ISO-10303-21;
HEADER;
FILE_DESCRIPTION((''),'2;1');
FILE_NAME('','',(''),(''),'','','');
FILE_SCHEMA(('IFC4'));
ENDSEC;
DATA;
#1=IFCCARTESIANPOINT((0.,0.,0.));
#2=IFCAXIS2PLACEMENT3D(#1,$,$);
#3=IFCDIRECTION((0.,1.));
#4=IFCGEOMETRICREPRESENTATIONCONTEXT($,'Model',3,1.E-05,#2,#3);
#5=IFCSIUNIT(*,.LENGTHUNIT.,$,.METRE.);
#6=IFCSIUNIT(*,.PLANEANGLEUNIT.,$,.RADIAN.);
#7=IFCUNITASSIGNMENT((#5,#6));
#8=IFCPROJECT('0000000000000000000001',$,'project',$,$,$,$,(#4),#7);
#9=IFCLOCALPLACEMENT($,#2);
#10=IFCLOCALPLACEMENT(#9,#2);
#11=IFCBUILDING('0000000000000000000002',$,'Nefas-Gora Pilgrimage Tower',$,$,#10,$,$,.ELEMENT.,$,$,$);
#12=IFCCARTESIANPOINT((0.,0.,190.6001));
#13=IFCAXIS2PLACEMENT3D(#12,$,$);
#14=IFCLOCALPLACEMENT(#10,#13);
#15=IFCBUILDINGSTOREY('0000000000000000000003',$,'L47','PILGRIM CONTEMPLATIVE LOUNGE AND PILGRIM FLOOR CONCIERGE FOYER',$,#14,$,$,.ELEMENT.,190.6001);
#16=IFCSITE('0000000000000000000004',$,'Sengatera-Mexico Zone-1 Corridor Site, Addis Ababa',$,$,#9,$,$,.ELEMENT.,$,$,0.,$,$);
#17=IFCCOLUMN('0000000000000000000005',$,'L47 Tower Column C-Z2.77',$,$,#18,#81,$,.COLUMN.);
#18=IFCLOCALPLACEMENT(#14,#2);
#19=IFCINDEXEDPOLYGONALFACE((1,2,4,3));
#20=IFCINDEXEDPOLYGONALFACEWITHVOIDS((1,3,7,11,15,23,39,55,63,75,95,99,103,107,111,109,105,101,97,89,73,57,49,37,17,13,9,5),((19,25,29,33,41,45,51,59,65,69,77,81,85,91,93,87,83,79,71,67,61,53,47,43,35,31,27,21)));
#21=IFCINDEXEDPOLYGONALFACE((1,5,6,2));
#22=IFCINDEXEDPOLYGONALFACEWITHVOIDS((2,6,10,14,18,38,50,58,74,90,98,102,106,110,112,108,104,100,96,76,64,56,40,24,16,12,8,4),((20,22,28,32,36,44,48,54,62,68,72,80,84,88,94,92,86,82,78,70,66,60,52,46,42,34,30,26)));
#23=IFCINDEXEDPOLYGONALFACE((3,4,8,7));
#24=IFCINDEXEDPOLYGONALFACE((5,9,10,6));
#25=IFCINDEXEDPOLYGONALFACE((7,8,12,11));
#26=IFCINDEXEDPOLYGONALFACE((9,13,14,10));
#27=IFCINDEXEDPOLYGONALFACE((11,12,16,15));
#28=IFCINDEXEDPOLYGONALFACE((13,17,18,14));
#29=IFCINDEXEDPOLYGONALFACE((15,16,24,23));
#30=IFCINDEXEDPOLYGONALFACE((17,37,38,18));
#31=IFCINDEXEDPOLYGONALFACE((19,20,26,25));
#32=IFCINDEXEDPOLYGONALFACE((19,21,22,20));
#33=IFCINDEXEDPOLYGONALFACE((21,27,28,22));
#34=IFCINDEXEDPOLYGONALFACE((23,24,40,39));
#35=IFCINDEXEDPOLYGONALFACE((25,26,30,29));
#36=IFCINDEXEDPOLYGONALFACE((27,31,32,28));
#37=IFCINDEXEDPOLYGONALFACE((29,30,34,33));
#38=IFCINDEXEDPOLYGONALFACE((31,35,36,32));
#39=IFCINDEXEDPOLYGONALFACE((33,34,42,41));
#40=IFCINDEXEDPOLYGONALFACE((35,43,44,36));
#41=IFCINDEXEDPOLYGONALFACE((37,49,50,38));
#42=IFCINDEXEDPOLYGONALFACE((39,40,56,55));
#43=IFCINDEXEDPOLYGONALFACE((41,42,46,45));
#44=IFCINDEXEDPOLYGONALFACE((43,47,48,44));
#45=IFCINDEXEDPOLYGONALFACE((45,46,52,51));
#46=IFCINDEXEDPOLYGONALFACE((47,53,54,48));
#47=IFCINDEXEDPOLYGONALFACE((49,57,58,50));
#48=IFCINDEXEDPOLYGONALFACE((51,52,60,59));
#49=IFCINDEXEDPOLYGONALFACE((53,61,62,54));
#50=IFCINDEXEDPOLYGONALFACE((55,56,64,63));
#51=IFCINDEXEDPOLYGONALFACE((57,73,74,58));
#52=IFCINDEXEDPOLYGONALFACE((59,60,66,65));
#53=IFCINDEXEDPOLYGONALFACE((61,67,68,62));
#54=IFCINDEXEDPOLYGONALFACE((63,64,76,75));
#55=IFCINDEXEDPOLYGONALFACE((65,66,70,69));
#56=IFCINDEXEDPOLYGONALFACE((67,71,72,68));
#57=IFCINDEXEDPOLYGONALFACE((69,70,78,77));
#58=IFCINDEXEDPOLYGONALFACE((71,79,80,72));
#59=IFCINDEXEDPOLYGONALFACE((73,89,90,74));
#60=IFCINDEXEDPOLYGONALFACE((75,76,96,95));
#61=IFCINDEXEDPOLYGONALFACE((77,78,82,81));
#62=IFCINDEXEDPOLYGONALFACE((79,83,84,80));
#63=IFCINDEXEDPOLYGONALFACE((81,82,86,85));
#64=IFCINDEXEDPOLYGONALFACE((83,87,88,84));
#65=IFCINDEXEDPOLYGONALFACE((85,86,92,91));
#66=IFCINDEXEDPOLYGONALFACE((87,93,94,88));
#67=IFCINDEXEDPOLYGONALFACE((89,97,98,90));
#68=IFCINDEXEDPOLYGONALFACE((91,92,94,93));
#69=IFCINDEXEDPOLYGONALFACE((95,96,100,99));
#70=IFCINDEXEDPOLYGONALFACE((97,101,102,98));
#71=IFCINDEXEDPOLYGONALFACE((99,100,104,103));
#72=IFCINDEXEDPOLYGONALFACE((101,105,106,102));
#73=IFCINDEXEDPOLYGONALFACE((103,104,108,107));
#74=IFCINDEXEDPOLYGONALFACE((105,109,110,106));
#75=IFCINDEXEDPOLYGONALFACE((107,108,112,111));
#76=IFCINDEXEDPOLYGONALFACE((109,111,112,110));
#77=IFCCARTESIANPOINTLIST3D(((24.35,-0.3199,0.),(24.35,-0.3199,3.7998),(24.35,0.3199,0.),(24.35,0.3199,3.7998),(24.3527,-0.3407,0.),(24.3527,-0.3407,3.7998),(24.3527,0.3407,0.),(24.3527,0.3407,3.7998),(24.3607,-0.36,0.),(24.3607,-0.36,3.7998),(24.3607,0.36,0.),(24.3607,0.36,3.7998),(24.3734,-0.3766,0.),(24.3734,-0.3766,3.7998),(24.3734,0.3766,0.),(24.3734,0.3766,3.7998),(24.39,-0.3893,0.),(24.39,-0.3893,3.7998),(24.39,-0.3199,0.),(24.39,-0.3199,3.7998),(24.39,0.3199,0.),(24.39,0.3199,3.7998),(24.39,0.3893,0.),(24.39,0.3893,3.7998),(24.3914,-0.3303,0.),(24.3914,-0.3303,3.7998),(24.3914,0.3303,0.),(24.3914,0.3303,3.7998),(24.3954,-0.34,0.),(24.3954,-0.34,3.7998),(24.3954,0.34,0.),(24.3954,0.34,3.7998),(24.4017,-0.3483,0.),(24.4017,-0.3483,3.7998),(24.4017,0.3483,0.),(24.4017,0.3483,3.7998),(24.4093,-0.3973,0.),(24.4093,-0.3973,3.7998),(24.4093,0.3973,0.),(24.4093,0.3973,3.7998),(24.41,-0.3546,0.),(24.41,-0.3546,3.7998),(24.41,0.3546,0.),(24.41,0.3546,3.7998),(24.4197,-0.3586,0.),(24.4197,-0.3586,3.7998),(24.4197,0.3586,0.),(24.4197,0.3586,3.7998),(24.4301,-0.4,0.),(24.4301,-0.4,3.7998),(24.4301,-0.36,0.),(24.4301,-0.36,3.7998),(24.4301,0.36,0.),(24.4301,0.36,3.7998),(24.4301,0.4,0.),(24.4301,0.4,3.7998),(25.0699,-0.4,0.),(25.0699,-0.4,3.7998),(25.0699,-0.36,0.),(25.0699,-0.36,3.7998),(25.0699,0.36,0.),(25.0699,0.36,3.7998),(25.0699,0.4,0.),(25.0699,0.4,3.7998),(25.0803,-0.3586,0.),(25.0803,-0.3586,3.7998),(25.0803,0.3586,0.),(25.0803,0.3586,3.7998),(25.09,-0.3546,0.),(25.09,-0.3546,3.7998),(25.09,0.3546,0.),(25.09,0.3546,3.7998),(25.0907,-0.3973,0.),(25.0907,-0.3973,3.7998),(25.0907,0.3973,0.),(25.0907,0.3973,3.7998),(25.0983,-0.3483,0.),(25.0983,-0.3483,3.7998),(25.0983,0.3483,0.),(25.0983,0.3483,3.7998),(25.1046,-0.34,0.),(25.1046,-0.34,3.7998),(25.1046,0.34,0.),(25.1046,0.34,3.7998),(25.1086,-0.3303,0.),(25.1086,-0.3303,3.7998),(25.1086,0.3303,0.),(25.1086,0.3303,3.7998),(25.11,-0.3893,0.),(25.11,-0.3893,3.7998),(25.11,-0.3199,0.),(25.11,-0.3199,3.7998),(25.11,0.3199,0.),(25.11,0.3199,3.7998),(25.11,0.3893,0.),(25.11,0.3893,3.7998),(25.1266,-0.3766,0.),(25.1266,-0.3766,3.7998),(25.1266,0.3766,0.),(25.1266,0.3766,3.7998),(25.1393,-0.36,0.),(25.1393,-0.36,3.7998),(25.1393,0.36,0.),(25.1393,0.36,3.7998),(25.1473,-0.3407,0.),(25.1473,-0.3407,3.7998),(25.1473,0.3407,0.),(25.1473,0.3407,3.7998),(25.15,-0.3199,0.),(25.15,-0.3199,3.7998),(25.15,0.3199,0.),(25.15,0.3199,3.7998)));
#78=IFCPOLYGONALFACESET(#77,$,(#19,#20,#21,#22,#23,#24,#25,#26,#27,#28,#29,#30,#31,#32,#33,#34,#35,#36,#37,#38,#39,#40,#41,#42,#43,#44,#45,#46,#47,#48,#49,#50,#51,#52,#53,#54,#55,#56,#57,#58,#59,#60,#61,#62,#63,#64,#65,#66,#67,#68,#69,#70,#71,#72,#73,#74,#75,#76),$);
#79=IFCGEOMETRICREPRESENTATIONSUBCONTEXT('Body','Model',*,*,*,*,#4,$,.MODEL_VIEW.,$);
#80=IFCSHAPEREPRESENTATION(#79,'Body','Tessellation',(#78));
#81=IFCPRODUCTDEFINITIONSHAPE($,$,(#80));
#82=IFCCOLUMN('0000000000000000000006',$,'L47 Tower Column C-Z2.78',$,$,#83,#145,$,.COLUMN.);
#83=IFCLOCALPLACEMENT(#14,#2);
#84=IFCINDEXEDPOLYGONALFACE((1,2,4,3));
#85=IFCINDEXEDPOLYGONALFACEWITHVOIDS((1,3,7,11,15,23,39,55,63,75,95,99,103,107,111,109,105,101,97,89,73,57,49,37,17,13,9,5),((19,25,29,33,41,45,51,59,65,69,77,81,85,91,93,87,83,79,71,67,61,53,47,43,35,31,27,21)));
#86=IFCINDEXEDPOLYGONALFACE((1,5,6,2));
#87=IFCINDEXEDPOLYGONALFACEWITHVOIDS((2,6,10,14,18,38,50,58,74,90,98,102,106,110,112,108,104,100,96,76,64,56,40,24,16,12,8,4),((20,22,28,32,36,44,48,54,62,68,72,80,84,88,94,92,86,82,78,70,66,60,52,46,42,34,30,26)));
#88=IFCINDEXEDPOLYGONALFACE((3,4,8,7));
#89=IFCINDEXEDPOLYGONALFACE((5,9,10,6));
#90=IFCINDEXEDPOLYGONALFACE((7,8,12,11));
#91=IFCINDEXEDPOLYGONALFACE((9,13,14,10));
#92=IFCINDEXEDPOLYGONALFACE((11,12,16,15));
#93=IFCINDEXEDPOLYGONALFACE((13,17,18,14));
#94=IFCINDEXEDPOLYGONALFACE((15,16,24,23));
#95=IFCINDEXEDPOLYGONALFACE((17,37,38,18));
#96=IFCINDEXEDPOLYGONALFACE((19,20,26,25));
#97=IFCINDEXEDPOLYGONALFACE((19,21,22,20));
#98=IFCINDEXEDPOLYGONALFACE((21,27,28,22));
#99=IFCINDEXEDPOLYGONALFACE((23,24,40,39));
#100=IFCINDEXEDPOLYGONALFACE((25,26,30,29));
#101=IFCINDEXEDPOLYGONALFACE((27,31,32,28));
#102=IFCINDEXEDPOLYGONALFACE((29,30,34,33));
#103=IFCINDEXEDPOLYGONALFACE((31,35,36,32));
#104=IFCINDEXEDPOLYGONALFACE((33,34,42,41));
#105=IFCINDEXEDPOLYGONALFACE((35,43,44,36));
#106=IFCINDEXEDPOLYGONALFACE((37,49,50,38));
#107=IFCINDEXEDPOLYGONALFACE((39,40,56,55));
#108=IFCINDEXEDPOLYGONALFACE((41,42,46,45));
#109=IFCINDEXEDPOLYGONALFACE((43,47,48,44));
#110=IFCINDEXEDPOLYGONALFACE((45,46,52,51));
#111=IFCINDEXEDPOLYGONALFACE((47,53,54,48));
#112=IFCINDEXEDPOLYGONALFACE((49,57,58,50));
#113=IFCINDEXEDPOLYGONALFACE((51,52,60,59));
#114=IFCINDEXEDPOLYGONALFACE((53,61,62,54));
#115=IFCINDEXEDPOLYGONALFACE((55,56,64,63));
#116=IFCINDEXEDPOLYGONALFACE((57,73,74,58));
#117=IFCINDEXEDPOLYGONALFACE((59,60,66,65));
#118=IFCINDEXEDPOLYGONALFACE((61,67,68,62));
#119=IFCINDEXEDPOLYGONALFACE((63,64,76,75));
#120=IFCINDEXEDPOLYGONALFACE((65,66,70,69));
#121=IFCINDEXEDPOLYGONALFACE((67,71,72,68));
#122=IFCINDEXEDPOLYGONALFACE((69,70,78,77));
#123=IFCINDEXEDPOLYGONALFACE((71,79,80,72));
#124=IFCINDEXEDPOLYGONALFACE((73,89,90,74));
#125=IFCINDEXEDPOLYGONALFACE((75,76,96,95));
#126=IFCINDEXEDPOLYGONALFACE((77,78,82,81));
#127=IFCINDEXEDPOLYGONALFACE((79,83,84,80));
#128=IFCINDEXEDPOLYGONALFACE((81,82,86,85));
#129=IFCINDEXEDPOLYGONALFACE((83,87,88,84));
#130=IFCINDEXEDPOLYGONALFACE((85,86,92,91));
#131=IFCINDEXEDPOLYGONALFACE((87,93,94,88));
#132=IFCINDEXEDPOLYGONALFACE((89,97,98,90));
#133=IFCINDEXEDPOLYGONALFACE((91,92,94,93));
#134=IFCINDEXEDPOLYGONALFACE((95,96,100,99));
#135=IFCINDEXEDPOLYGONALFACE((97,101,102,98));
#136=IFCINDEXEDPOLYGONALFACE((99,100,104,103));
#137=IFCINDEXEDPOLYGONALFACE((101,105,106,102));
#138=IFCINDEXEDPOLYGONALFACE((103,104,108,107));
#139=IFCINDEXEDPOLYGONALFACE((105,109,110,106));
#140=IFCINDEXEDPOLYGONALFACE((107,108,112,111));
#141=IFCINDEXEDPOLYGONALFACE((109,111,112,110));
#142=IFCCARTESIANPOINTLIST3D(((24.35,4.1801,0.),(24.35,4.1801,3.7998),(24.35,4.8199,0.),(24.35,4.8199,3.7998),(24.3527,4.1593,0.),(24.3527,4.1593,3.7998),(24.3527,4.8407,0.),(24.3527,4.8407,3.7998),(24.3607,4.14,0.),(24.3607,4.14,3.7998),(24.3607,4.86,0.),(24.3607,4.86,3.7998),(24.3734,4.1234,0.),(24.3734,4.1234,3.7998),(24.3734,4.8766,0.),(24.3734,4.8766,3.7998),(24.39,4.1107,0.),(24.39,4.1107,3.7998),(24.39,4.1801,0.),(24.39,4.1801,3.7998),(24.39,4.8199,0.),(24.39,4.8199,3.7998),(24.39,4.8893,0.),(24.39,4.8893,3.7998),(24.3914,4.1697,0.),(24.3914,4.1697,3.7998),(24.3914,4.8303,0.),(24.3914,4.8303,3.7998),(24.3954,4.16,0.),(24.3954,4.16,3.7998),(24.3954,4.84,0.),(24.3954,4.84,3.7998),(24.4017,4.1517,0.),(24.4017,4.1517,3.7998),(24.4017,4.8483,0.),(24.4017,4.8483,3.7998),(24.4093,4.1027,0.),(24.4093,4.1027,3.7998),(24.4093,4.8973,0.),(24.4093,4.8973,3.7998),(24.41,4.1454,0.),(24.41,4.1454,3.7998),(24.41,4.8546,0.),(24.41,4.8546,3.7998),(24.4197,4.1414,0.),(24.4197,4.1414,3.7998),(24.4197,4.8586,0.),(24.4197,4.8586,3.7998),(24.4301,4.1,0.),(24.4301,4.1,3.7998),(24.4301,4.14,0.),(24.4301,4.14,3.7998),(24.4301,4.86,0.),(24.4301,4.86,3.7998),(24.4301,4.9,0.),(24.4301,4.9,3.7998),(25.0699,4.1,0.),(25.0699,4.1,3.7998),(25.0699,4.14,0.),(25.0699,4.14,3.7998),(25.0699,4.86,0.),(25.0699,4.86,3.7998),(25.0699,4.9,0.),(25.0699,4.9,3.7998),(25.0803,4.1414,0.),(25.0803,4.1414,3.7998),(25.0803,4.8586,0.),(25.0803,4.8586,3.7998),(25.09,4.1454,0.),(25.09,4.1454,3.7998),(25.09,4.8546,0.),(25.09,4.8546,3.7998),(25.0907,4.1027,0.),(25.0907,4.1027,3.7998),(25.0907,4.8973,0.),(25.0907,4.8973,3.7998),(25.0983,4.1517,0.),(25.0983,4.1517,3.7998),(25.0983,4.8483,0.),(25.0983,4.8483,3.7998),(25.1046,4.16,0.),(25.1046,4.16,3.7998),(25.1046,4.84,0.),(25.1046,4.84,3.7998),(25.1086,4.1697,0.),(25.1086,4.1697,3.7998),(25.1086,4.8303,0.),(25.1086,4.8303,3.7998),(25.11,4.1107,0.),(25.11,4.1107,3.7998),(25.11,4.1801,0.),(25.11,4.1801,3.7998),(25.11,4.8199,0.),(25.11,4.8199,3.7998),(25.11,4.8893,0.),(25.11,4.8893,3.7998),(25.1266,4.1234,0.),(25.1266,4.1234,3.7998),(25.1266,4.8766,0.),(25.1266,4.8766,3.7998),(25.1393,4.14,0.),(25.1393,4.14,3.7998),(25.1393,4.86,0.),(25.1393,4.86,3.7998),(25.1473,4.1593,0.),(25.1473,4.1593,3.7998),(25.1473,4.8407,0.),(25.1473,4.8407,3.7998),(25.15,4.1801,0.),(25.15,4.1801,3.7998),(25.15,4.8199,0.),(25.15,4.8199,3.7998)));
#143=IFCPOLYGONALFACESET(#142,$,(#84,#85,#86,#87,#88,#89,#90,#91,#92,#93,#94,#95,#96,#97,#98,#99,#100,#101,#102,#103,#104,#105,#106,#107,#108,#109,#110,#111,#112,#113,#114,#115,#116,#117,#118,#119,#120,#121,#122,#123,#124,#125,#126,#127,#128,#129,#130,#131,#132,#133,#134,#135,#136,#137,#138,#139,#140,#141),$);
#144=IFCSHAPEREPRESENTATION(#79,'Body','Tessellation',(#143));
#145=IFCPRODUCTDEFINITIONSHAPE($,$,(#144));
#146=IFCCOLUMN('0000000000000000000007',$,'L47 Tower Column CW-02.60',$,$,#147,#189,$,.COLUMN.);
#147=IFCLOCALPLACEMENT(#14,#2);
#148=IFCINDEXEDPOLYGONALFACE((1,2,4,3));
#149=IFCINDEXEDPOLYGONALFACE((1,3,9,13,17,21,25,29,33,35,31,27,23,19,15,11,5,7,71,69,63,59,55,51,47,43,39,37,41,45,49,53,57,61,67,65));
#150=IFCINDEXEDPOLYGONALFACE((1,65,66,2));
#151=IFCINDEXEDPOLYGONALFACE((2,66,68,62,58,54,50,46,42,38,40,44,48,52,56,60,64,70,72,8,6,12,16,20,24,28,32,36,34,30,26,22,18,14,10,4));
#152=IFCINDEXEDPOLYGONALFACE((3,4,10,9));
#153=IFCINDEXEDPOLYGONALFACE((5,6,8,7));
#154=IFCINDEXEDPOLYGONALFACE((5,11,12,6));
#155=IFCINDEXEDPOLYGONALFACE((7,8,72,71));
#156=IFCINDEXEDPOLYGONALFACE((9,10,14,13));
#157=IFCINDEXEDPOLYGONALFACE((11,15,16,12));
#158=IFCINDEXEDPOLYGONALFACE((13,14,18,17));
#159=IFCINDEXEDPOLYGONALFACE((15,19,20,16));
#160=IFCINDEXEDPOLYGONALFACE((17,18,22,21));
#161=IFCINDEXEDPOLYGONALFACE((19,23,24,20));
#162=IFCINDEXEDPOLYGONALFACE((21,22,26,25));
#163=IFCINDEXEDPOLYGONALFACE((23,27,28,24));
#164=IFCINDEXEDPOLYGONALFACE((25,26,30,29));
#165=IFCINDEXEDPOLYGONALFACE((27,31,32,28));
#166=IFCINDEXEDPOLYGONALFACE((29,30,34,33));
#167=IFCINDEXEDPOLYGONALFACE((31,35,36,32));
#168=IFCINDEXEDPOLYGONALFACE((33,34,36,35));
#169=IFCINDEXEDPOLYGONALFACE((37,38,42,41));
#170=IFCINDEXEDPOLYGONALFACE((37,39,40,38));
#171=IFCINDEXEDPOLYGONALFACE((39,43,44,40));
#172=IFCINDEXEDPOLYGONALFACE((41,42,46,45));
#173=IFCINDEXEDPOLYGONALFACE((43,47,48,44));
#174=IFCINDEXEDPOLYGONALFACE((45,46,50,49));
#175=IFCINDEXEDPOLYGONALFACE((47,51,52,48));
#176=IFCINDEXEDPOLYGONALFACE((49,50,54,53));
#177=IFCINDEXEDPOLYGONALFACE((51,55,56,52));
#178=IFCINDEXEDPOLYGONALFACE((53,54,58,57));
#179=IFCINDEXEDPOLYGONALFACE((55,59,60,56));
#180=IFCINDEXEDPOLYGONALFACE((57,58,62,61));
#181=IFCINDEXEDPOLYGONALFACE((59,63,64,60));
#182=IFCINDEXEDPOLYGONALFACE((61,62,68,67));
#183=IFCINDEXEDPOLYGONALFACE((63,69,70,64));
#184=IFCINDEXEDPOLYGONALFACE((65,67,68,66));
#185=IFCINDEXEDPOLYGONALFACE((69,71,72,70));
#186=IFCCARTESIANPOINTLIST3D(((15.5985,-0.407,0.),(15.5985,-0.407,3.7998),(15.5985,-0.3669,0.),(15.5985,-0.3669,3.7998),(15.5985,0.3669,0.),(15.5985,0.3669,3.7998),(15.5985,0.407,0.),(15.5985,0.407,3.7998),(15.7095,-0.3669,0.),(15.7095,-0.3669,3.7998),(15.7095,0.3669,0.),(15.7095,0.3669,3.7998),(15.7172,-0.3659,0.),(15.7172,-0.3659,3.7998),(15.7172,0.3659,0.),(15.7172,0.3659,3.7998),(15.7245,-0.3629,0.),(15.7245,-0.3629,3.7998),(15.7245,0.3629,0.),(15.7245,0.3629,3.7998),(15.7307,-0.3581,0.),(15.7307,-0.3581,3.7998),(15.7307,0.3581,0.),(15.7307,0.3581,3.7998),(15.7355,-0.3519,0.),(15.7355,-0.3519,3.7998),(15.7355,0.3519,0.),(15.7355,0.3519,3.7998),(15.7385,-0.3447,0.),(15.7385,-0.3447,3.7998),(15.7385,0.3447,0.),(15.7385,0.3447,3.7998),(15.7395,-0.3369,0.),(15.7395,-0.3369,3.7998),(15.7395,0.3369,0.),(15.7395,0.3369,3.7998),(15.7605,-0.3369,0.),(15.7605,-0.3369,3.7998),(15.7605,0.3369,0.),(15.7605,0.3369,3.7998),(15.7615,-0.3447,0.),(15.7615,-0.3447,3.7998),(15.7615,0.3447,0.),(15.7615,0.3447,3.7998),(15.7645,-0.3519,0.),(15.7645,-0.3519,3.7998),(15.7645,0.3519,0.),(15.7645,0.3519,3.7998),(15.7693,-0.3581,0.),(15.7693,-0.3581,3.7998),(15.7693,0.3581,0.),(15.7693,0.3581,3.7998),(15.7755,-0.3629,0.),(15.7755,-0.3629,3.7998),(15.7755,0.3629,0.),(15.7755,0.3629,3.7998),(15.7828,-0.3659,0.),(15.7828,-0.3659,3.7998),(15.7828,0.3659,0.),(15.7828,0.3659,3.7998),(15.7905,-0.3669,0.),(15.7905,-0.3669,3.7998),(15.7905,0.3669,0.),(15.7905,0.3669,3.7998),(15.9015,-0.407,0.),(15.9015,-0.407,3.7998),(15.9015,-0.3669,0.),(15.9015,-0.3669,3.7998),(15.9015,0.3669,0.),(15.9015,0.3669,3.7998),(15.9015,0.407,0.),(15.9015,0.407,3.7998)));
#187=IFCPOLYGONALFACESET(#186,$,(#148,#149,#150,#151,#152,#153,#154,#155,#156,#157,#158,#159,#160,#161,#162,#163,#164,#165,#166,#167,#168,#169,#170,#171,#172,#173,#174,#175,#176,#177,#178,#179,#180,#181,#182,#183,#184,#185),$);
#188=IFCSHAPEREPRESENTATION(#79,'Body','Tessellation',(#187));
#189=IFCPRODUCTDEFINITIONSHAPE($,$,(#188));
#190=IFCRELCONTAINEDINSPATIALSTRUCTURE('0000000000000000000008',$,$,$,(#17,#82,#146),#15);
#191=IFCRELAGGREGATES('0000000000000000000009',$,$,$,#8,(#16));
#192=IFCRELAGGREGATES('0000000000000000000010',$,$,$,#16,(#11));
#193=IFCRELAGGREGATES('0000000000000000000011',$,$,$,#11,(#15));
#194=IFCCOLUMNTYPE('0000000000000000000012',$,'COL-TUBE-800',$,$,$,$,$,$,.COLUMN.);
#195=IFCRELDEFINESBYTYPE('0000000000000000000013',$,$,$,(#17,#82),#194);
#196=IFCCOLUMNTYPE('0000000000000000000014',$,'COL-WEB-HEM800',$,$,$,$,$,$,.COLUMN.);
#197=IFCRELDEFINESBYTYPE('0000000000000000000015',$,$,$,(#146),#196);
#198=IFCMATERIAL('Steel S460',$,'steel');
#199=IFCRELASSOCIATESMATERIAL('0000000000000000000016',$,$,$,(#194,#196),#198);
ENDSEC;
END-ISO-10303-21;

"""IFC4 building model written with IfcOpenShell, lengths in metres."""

from ifc_helpers import new_model, si_unit, direction, frame, origin, origin_2d, place, context, subcontext, project, spatial, hollow_rectangle, i_section, extrude, source, transform, mapped, material, material_profile, profile_set, type_object, element, save


model = new_model("IFC4")

# Units and contexts
model_context = context("Model", 3, precision=1e-05, world=origin(), true_north=direction((0.0, 1.0)))
body_context = subcontext(model_context, "Body", "Model", "MODEL_VIEW")
ifc_project = project(units=[si_unit("LENGTHUNIT", "METRE"), si_unit("PLANEANGLEUNIT", "RADIAN")], contexts=[model_context])

# Site, building, storey
site_placement = place(None, origin())
site = spatial("IfcSite", under=ifc_project, at=site_placement, Name="Sengatera-Mexico Zone-1 Corridor Site, Addis Ababa", CompositionType="ELEMENT", RefElevation=0.0)
building_placement = place(site_placement, origin())
building = spatial("IfcBuilding", under=site, at=building_placement, Name="Nefas-Gora Pilgrimage Tower", CompositionType="ELEMENT")
storey_placement = place(building_placement, frame((0.0, 0.0, 190.6001)))
storey = spatial("IfcBuildingStorey", under=building, at=storey_placement, Name="L47", Description="PILGRIM CONTEMPLATIVE LOUNGE AND PILGRIM FLOOR CONCIERGE FOYER", CompositionType="ELEMENT", Elevation=190.6001)

# Columns
ifc_material_1 = material(Name="Steel S460", Category="steel")
ifc_material_profile_1 = material_profile(ifc_material_1, hollow_rectangle(XDim=0.8, YDim=0.8, WallThickness=0.04, InnerFilletRadius=0.04, OuterFilletRadius=0.0801, at=origin_2d()), Name="BOX 800x800x40")
ifc_profile_set_1 = profile_set([ifc_material_profile_1], Name="Steel S460")
column_type_1 = type_object("IfcColumnType", Name="COL-TUBE-800", PredefinedType="COLUMN", material=ifc_profile_set_1)
shared_shape_1 = source(origin(), body_context, "Body", "SweptSolid", [
    extrude(hollow_rectangle(XDim=0.8, YDim=0.8, WallThickness=0.04, InnerFilletRadius=0.04, OuterFilletRadius=0.0801, at=origin_2d()), origin(), (0.0, 0.0, 1.0), 3.7998),
])
for number, where, z_axis, x_axis, name in (
    (1, (24.75, 0.0, 0.0), (0.0, 0.0, 1.0), (1.0, 0.0, 0.0), "L47 Tower Column C-Z2.77"),
    (2, (24.75, 4.5, 0.0), (0.0, 0.0, 1.0), (1.0, 0.0, 0.0), "L47 Tower Column C-Z2.78"),
):
    element("IfcColumn", number, at=place(storey_placement, frame(where, z_axis=z_axis, x_axis=x_axis)), inside=storey, type_object=column_type_1, Name=name, PredefinedType="COLUMN", context=body_context, shape_type="MappedRepresentation", body=[
        mapped(shared_shape_1, transform((0.0, 0.0, 0.0), x_axis=(1.0, 0.0, 0.0), y_axis=(0.0, 1.0, 0.0), z_axis=(0.0, 0.0, 1.0), scale=1.0)),
    ])
ifc_material_profile_2 = material_profile(ifc_material_1, i_section(OverallWidth=0.303, OverallDepth=0.814, WebThickness=0.021, FlangeThickness=0.04, FilletRadius=0.03, at=origin_2d()), Name="HEM 800")
ifc_profile_set_2 = profile_set([ifc_material_profile_2], Name="Steel S460")
column_type_2 = type_object("IfcColumnType", Name="COL-WEB-HEM800", PredefinedType="COLUMN", material=ifc_profile_set_2)
shared_shape_2 = source(origin(), body_context, "Body", "SweptSolid", [
    extrude(i_section(OverallWidth=0.303, OverallDepth=0.814, WebThickness=0.021, FlangeThickness=0.04, FilletRadius=0.03, at=origin_2d()), origin(), (0.0, 0.0, 1.0), 3.7998),
])
for number, where, z_axis, x_axis, name in (
    (3, (15.75, 0.0, 0.0), (0.0, 0.0, 1.0), (1.0, 0.0, 0.0), "L47 Tower Column CW-02.60"),
):
    element("IfcColumn", number, at=place(storey_placement, frame(where, z_axis=z_axis, x_axis=x_axis)), inside=storey, type_object=column_type_2, Name=name, PredefinedType="COLUMN", context=body_context, shape_type="MappedRepresentation", body=[
        mapped(shared_shape_2, transform((0.0, 0.0, 0.0), x_axis=(1.0, 0.0, 0.0), y_axis=(0.0, 1.0, 0.0), z_axis=(0.0, 0.0, 1.0), scale=1.0)),
    ])

save(model, "model.ifc")
